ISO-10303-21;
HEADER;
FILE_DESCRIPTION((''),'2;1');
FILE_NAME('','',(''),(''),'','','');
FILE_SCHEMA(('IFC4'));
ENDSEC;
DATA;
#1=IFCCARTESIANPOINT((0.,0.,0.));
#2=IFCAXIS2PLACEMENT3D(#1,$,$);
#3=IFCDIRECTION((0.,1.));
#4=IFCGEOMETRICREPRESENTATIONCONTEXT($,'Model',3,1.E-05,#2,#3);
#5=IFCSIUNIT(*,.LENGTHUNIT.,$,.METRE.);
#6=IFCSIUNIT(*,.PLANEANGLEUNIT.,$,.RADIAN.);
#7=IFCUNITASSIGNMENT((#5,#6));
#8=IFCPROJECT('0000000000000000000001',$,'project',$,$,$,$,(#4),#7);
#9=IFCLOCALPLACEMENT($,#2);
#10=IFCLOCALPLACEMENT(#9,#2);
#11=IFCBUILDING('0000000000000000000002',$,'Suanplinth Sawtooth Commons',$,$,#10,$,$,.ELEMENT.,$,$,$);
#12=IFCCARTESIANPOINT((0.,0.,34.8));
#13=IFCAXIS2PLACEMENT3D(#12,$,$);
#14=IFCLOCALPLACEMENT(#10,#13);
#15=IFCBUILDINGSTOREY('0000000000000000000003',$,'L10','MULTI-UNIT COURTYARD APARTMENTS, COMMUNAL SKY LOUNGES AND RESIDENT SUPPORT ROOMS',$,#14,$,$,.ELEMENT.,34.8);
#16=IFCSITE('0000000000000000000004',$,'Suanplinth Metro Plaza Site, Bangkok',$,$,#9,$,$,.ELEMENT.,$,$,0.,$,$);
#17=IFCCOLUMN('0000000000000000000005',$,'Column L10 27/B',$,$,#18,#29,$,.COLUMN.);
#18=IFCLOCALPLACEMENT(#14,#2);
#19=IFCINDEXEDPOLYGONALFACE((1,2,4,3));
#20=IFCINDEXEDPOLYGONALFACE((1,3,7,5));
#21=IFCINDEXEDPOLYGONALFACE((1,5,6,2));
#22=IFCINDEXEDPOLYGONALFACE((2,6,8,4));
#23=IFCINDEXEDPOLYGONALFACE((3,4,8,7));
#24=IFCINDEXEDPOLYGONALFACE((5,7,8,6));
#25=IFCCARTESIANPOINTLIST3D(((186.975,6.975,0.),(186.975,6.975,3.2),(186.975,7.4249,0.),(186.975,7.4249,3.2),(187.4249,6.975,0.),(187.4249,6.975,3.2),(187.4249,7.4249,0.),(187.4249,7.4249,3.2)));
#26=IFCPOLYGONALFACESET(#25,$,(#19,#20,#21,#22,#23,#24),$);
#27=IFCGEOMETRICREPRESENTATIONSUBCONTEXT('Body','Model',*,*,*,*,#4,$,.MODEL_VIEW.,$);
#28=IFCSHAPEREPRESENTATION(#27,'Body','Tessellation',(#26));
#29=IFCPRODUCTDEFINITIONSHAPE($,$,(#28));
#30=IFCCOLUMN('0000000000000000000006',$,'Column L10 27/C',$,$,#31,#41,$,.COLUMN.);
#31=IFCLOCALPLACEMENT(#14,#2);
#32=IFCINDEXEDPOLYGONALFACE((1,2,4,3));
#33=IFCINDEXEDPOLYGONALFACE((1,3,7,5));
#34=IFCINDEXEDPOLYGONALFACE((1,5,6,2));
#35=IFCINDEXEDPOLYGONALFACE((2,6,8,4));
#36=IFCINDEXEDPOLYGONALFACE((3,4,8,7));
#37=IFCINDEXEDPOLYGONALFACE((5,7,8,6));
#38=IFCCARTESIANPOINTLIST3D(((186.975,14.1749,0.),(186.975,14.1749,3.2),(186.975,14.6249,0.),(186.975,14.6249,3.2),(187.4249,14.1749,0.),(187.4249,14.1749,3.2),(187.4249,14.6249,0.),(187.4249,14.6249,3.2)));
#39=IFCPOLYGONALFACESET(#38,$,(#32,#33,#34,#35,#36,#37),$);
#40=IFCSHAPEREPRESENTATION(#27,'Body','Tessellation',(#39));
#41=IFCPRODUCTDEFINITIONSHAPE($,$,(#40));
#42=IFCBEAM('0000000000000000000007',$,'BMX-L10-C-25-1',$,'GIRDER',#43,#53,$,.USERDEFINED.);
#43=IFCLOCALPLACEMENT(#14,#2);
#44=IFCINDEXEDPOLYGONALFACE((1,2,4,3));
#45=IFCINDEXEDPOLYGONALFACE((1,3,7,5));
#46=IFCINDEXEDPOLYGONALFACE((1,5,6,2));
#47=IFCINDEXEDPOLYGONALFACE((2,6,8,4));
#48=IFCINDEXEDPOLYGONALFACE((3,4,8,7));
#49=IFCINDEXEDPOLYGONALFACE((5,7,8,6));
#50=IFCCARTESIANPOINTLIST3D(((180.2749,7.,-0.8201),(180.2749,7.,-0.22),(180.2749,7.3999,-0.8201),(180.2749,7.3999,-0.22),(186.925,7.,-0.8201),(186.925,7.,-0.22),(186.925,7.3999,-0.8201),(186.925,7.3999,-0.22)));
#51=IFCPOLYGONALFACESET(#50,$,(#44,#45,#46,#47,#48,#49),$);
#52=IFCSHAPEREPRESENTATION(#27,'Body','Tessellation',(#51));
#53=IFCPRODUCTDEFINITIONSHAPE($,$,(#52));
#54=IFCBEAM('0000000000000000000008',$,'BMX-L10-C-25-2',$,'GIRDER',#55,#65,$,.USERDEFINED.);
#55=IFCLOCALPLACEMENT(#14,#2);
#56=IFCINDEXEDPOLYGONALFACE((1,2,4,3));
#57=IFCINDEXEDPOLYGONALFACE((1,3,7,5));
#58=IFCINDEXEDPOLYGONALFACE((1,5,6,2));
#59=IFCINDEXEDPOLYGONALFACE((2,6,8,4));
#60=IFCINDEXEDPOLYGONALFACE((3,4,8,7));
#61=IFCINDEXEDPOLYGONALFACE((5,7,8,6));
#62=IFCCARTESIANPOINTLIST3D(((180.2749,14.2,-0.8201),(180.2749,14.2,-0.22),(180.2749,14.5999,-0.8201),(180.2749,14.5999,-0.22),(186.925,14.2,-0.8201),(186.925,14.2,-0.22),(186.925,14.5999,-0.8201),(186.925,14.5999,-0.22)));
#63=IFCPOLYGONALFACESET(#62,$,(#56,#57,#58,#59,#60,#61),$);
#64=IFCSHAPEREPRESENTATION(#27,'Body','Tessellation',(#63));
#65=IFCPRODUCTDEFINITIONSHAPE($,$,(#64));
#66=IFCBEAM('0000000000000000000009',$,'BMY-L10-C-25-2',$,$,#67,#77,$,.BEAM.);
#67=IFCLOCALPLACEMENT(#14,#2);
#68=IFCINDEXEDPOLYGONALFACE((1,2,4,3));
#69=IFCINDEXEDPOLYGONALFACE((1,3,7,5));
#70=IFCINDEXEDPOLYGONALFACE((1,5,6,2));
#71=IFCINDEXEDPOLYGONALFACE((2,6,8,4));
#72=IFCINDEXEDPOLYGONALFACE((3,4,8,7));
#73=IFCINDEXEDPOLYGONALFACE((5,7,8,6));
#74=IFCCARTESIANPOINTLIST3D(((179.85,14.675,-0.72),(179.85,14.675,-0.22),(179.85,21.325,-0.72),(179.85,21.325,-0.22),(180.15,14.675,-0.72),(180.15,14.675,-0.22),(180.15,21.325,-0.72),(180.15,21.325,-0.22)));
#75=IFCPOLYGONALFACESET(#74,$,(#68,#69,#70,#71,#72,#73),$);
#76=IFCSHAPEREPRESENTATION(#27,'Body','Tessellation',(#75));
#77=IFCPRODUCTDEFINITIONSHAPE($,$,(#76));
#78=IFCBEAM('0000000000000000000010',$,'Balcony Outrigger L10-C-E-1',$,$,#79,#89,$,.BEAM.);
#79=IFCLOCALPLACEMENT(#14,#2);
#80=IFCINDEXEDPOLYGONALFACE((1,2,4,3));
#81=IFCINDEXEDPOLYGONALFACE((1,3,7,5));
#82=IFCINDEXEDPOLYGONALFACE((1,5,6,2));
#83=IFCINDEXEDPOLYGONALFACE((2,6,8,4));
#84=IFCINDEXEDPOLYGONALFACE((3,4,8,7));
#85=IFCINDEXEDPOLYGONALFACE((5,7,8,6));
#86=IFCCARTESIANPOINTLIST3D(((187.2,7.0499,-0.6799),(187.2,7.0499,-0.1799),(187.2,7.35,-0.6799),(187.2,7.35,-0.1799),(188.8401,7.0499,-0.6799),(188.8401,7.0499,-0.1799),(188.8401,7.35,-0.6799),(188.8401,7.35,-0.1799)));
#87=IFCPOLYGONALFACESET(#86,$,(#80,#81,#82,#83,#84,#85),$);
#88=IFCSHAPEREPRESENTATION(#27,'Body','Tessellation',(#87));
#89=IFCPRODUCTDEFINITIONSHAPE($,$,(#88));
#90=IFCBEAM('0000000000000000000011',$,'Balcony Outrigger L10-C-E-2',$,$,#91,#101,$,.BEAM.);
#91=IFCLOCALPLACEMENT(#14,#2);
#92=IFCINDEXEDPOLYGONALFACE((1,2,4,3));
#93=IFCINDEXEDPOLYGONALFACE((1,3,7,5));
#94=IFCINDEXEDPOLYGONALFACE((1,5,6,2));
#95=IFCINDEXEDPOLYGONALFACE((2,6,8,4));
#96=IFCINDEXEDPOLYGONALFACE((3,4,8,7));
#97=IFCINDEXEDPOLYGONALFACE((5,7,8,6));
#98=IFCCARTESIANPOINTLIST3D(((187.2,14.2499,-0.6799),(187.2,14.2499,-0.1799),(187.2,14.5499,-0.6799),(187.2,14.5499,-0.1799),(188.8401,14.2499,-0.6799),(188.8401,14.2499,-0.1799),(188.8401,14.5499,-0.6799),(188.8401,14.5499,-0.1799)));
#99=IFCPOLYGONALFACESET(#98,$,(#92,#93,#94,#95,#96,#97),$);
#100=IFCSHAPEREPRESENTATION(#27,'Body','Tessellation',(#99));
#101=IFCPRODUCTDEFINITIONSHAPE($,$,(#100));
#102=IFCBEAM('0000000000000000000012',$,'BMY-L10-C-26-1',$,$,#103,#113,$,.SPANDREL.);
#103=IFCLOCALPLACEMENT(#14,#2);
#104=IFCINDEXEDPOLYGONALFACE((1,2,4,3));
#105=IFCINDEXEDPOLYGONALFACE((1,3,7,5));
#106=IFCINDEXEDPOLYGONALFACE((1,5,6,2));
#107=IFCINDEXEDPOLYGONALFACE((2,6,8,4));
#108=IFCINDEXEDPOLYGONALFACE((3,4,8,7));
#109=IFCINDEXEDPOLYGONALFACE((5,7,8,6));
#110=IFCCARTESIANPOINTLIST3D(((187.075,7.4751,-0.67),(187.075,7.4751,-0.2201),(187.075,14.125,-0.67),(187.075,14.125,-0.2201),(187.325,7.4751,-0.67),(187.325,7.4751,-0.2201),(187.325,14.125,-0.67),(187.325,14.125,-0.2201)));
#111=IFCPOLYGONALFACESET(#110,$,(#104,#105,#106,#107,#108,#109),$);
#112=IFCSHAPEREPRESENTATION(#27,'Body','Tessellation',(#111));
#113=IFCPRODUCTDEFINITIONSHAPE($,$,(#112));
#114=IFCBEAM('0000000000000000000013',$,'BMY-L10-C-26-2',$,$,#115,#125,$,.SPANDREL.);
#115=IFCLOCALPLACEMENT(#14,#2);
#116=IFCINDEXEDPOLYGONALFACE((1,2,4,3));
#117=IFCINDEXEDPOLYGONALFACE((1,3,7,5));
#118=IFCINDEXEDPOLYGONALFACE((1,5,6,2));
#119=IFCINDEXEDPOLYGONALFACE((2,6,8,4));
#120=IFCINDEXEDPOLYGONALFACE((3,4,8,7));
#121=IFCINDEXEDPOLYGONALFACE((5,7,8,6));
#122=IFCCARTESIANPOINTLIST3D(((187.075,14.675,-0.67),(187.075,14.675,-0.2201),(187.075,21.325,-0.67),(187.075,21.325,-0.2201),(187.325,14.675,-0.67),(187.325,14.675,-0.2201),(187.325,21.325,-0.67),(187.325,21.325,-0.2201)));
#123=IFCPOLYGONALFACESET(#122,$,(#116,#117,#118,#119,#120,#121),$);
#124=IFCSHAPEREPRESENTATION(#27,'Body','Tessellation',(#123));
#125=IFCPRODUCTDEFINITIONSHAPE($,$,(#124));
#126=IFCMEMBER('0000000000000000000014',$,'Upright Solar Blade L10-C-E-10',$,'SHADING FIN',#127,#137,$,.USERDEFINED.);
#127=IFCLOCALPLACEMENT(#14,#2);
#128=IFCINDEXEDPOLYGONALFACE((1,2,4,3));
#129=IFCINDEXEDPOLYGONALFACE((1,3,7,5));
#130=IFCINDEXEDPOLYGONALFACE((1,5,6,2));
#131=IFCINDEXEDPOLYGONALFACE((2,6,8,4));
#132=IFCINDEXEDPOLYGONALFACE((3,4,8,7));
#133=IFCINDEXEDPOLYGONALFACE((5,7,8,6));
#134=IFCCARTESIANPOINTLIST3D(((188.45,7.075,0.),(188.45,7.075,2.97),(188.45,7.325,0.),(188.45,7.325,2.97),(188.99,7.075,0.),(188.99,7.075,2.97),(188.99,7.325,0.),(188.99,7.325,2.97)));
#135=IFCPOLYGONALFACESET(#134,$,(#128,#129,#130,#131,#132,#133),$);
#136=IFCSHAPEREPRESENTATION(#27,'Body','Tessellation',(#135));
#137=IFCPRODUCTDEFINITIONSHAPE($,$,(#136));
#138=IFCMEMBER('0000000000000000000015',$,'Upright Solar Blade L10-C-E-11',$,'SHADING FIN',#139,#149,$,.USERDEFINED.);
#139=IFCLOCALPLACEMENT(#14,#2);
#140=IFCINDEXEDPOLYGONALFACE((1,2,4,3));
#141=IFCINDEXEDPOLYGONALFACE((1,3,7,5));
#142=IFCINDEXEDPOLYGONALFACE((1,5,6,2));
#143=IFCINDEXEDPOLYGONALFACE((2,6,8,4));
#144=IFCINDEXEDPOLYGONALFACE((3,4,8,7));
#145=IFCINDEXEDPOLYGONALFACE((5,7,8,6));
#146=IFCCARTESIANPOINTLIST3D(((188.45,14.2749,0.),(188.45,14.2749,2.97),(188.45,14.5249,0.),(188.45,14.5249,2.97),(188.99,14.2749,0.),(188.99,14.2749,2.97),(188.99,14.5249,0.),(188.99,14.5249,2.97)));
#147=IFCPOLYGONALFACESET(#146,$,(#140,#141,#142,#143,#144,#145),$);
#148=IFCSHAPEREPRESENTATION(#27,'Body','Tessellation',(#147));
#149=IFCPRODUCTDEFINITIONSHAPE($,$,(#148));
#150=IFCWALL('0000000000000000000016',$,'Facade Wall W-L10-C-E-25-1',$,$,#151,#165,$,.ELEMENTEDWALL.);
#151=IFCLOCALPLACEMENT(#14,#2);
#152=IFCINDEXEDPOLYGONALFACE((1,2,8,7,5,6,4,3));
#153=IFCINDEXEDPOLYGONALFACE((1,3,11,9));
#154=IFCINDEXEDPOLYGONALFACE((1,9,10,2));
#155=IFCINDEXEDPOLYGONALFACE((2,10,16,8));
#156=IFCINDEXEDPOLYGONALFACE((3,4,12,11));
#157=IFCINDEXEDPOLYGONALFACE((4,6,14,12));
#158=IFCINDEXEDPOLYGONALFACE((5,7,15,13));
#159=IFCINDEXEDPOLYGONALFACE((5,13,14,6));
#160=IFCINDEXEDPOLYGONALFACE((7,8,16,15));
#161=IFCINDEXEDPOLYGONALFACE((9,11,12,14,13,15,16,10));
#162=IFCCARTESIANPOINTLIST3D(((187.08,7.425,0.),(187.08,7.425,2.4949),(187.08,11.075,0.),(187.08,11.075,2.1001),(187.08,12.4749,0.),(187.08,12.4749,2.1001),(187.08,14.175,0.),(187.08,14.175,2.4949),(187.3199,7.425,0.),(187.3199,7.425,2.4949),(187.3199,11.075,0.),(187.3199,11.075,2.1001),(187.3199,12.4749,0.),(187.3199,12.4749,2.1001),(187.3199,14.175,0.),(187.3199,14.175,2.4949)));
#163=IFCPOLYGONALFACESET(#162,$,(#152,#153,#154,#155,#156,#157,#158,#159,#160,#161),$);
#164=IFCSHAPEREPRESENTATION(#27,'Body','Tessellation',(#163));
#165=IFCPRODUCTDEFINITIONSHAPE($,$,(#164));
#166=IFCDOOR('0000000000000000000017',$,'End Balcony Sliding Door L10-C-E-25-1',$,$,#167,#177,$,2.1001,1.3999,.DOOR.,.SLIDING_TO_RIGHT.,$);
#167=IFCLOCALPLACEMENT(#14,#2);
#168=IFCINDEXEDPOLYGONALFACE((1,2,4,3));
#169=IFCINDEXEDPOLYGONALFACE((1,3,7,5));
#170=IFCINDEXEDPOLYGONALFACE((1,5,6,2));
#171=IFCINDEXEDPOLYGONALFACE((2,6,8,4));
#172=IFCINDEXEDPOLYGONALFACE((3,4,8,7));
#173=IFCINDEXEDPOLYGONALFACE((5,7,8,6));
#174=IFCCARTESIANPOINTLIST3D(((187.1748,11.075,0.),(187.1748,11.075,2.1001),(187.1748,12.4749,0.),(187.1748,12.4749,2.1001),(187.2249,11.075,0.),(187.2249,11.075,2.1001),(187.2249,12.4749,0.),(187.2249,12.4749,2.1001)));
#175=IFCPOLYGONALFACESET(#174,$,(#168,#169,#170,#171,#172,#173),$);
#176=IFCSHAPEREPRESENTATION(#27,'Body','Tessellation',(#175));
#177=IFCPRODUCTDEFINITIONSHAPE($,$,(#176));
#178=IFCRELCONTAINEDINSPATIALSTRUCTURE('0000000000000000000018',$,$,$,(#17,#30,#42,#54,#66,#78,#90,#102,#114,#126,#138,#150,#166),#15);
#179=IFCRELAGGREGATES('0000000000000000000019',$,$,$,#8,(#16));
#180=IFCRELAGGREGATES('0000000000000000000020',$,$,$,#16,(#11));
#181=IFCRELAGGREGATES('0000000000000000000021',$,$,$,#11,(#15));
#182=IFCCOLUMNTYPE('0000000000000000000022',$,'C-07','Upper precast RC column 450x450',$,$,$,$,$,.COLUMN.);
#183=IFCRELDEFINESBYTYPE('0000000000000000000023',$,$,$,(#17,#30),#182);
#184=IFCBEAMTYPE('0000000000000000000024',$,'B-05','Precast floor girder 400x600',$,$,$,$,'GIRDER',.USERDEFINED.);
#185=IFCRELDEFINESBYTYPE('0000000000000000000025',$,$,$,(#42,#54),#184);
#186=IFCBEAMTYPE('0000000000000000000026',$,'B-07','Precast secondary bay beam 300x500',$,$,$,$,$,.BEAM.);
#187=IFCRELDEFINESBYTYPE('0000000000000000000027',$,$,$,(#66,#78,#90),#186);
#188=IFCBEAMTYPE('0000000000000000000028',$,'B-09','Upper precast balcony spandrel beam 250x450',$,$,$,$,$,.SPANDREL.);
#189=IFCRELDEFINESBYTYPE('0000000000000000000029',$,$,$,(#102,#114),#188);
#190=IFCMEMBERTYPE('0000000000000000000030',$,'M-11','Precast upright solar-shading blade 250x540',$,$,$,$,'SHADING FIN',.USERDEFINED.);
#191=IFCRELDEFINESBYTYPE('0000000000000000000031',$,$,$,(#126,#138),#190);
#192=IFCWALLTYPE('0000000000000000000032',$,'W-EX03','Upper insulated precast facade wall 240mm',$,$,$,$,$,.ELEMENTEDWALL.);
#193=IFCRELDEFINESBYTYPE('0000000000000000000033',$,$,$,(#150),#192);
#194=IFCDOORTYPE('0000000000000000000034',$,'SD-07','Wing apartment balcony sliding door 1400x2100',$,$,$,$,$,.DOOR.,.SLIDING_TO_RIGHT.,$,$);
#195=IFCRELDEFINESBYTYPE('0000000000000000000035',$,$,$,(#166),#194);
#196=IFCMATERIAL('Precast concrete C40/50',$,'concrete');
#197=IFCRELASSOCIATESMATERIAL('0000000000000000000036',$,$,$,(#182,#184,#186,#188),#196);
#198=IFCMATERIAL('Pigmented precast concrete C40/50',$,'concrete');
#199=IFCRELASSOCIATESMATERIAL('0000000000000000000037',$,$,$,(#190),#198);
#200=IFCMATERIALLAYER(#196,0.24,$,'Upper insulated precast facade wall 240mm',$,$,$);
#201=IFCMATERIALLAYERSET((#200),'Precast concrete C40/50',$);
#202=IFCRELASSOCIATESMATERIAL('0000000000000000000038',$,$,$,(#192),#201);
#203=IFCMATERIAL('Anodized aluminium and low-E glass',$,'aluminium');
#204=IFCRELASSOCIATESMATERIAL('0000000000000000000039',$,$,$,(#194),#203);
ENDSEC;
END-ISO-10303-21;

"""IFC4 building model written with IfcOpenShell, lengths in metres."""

from ifc_helpers import new_model, si_unit, direction, frame, frame_2d, origin, origin_2d, place, context, subcontext, project, spatial, rectangle, extrude, material, layer, layer_set, material_profile, profile_set, type_object, element, fill, save


model = new_model("IFC4")

# Units and contexts
model_context = context("Model", 3, precision=1e-05, world=origin(), true_north=direction((0.0, 1.0)))
body_context = subcontext(model_context, "Body", "Model", "MODEL_VIEW")
ifc_project = project(units=[si_unit("LENGTHUNIT", "METRE"), si_unit("PLANEANGLEUNIT", "RADIAN")], contexts=[model_context])

# Site, building, storey
site_placement = place(None, origin())
site = spatial("IfcSite", under=ifc_project, at=site_placement, Name="Suanplinth Metro Plaza Site, Bangkok", CompositionType="ELEMENT", RefElevation=0.0)
building_placement = place(site_placement, origin())
building = spatial("IfcBuilding", under=site, at=building_placement, Name="Suanplinth Sawtooth Commons", CompositionType="ELEMENT")
storey_placement = place(building_placement, frame((0.0, 0.0, 34.8)))
storey = spatial("IfcBuildingStorey", under=building, at=storey_placement, Name="L10", Description="MULTI-UNIT COURTYARD APARTMENTS, COMMUNAL SKY LOUNGES AND RESIDENT SUPPORT ROOMS", CompositionType="ELEMENT", Elevation=34.8)

# Columns
ifc_material_1 = material(Name="Precast concrete C40/50", Category="concrete")
ifc_material_profile_1 = material_profile(ifc_material_1, rectangle(XDim=0.45, YDim=0.45, at=origin_2d()), Name="PC-COL 450x450")
ifc_profile_set_1 = profile_set([ifc_material_profile_1], Name="Precast concrete C40/50")
column_type = type_object("IfcColumnType", Name="C-07", Description="Upper precast RC column 450x450", PredefinedType="COLUMN", material=ifc_profile_set_1)
for number, where, z_axis, x_axis, name in (
    (1, (187.2, 7.2, 0.0), (0.0, 0.0, 1.0), (1.0, 0.0, 0.0), "Column L10 27/B"),
    (2, (187.2, 14.3999, 0.0), (0.0, 0.0, 1.0), (1.0, 0.0, 0.0), "Column L10 27/C"),
):
    element("IfcColumn", number, at=place(storey_placement, frame(where, z_axis=z_axis, x_axis=x_axis)), inside=storey, type_object=column_type, Name=name, PredefinedType="COLUMN", context=body_context, shape_type="SweptSolid", body=[
        extrude(rectangle(XDim=0.45, YDim=0.45, at=origin_2d()), origin(), (0.0, 0.0, 1.0), 3.2),
    ])

# Beams
ifc_material_profile_2 = material_profile(ifc_material_1, rectangle(XDim=0.3999, YDim=0.6001, at=origin_2d()), Name="PC-GDR 400x600")
ifc_profile_set_2 = profile_set([ifc_material_profile_2], Name="Precast concrete C40/50")
beam_type_1 = type_object("IfcBeamType", Name="B-05", Description="Precast floor girder 400x600", ElementType="GIRDER", PredefinedType="USERDEFINED", material=ifc_profile_set_2)
for number, where, z_axis, x_axis, name in (
    (3, (180.2749, 7.2, -0.52), (1.0, 0.0, 0.0), (0.0, 1.0, 0.0), "BMX-L10-C-25-1"),
    (4, (180.2749, 14.3999, -0.52), (1.0, 0.0, 0.0), (0.0, 1.0, 0.0), "BMX-L10-C-25-2"),
):
    element("IfcBeam", number, at=place(storey_placement, frame(where, z_axis=z_axis, x_axis=x_axis)), inside=storey, type_object=beam_type_1, Name=name, ObjectType="GIRDER", PredefinedType="USERDEFINED", context=body_context, shape_type="SweptSolid", body=[
        extrude(rectangle(XDim=0.3999, YDim=0.6001, at=origin_2d()), origin(), (0.0, 0.0, 1.0), 6.6501),
    ])
ifc_material_profile_3 = material_profile(ifc_material_1, rectangle(XDim=0.3, YDim=0.5, at=origin_2d()), Name="PC-BM 300x500")
ifc_profile_set_3 = profile_set([ifc_material_profile_3], Name="Precast concrete C40/50")
beam_type_2 = type_object("IfcBeamType", Name="B-07", Description="Precast secondary bay beam 300x500", PredefinedType="BEAM", material=ifc_profile_set_3)
beam_placement = place(storey_placement, frame((180.0, 14.675, -0.47), z_axis=(0.0, 1.0, 0.0), x_axis=(-1.0, 0.0, 0.0)))
element("IfcBeam", 5, at=beam_placement, inside=storey, type_object=beam_type_2, Name="BMY-L10-C-25-2", PredefinedType="BEAM", context=body_context, shape_type="SweptSolid", body=[
    extrude(rectangle(XDim=0.3, YDim=0.5, at=origin_2d()), origin(), (0.0, 0.0, 1.0), 6.6499),
])
for number, where, z_axis, x_axis, name in (
    (6, (187.2, 7.2, -0.4299), (1.0, 0.0, 0.0), (0.0, 1.0, 0.0), "Balcony Outrigger L10-C-E-1"),
    (7, (187.2, 14.3999, -0.4299), (1.0, 0.0, 0.0), (0.0, 1.0, 0.0), "Balcony Outrigger L10-C-E-2"),
):
    element("IfcBeam", number, at=place(storey_placement, frame(where, z_axis=z_axis, x_axis=x_axis)), inside=storey, type_object=beam_type_2, Name=name, PredefinedType="BEAM", context=body_context, shape_type="SweptSolid", body=[
        extrude(rectangle(XDim=0.3, YDim=0.5, at=origin_2d()), origin(), (0.0, 0.0, 1.0), 1.6401),
    ])
ifc_material_profile_4 = material_profile(ifc_material_1, rectangle(XDim=0.25, YDim=0.45, at=origin_2d()), Name="PC-SP 250x450")
ifc_profile_set_4 = profile_set([ifc_material_profile_4], Name="Precast concrete C40/50")
beam_type_3 = type_object("IfcBeamType", Name="B-09", Description="Upper precast balcony spandrel beam 250x450", PredefinedType="SPANDREL", material=ifc_profile_set_4)
for number, where, z_axis, x_axis, name in (
    (8, (187.2, 7.4751, -0.4451), (0.0, 1.0, 0.0), (-1.0, 0.0, 0.0), "BMY-L10-C-26-1"),
    (9, (187.2, 14.675, -0.4451), (0.0, 1.0, 0.0), (-1.0, 0.0, 0.0), "BMY-L10-C-26-2"),
):
    element("IfcBeam", number, at=place(storey_placement, frame(where, z_axis=z_axis, x_axis=x_axis)), inside=storey, type_object=beam_type_3, Name=name, PredefinedType="SPANDREL", context=body_context, shape_type="SweptSolid", body=[
        extrude(rectangle(XDim=0.25, YDim=0.45, at=origin_2d()), origin(), (0.0, 0.0, 1.0), 6.6499),
    ])

# Members
ifc_material_2 = material(Name="Pigmented precast concrete C40/50", Category="concrete")
ifc_material_profile_5 = material_profile(ifc_material_2, rectangle(XDim=0.25, YDim=0.54, at=origin_2d()), Name="PC-FIN 250x540")
ifc_profile_set_5 = profile_set([ifc_material_profile_5], Name="Pigmented precast concrete C40/50")
member_type = type_object("IfcMemberType", Name="M-11", Description="Precast upright solar-shading blade 250x540", ElementType="SHADING FIN", PredefinedType="USERDEFINED", material=ifc_profile_set_5)
for number, where, z_axis, x_axis, name in (
    (10, (188.72, 7.2, 0.0), (0.0, 0.0, 1.0), (0.0, 1.0, 0.0), "Upright Solar Blade L10-C-E-10"),
    (11, (188.72, 14.3999, 0.0), (0.0, 0.0, 1.0), (0.0, 1.0, 0.0), "Upright Solar Blade L10-C-E-11"),
):
    element("IfcMember", number, at=place(storey_placement, frame(where, z_axis=z_axis, x_axis=x_axis)), inside=storey, type_object=member_type, Name=name, ObjectType="SHADING FIN", PredefinedType="USERDEFINED", context=body_context, shape_type="SweptSolid", body=[
        extrude(rectangle(XDim=0.25, YDim=0.54, at=origin_2d()), origin(), (0.0, 0.0, 1.0), 2.97),
    ])

# Wall, opening, door
ifc_layer_1 = layer(ifc_material_1, 0.24, Name="Upper insulated precast facade wall 240mm")
ifc_layer_set_1 = layer_set([ifc_layer_1], Name="Precast concrete C40/50")
wall_type_1 = type_object("IfcWallType", Name="W-EX03", Description="Upper insulated precast facade wall 240mm", PredefinedType="ELEMENTEDWALL", material=ifc_layer_set_1)
wall_1_placement = place(storey_placement, frame((187.2, 7.425, 0.0), z_axis=(0.0, 0.0, 1.0), x_axis=(0.0, 1.0, 0.0)))
wall_1 = element("IfcWall", 12, at=wall_1_placement, inside=storey, type_object=wall_type_1, Name="Facade Wall W-L10-C-E-25-1", PredefinedType="ELEMENTEDWALL", context=body_context, shape_type="SweptSolid", body=[
    extrude(rectangle(XDim=6.75, YDim=0.24, at=frame_2d((3.375, 0.0))), origin(), (0.0, 0.0, 1.0), 2.4949),
])
opening_1_placement = place(wall_1_placement, frame((3.6499, 0.0, 0.0)))
opening_1 = element("IfcOpeningElement", 13, at=opening_1_placement, cuts=wall_1, PredefinedType="OPENING", context=body_context, shape_type="SweptSolid", body=[
    extrude(rectangle(XDim=1.3999, YDim=2.1001, at=frame_2d((0.7, 1.05))), frame((0.0, 0.1348, 0.0), z_axis=(0.0, -1.0, 0.0), x_axis=(1.0, 0.0, 0.0)), (0.0, 0.0, 1.0), 0.2698),
])
ifc_material_3 = material(Name="Anodized aluminium and low-E glass", Category="aluminium")
door_type_1 = type_object("IfcDoorType", Name="SD-07", Description="Wing apartment balcony sliding door 1400x2100", OperationType="SLIDING_TO_RIGHT", PredefinedType="DOOR", material=ifc_material_3)
door_1_placement = place(opening_1_placement, frame((1.3999, 0.0, 0.0), z_axis=(0.0, 0.0, 1.0), x_axis=(-1.0, 0.0, 0.0)))
door_1 = element("IfcDoor", 14, at=door_1_placement, inside=storey, type_object=door_type_1, Name="End Balcony Sliding Door L10-C-E-25-1", OperationType="SLIDING_TO_RIGHT", OverallHeight=2.1001, OverallWidth=1.3999, PredefinedType="DOOR", context=body_context, shape_type="SweptSolid", body=[
    extrude(rectangle(XDim=1.3999, YDim=2.1001, at=frame_2d((0.7, 1.05))), frame((0.0, 0.0249, 0.0), z_axis=(0.0, -1.0, 0.0), x_axis=(1.0, 0.0, 0.0)), (0.0, 0.0, 1.0), 0.05),
])
fill(opening_1, door_1)

save(model, "model.ifc")
